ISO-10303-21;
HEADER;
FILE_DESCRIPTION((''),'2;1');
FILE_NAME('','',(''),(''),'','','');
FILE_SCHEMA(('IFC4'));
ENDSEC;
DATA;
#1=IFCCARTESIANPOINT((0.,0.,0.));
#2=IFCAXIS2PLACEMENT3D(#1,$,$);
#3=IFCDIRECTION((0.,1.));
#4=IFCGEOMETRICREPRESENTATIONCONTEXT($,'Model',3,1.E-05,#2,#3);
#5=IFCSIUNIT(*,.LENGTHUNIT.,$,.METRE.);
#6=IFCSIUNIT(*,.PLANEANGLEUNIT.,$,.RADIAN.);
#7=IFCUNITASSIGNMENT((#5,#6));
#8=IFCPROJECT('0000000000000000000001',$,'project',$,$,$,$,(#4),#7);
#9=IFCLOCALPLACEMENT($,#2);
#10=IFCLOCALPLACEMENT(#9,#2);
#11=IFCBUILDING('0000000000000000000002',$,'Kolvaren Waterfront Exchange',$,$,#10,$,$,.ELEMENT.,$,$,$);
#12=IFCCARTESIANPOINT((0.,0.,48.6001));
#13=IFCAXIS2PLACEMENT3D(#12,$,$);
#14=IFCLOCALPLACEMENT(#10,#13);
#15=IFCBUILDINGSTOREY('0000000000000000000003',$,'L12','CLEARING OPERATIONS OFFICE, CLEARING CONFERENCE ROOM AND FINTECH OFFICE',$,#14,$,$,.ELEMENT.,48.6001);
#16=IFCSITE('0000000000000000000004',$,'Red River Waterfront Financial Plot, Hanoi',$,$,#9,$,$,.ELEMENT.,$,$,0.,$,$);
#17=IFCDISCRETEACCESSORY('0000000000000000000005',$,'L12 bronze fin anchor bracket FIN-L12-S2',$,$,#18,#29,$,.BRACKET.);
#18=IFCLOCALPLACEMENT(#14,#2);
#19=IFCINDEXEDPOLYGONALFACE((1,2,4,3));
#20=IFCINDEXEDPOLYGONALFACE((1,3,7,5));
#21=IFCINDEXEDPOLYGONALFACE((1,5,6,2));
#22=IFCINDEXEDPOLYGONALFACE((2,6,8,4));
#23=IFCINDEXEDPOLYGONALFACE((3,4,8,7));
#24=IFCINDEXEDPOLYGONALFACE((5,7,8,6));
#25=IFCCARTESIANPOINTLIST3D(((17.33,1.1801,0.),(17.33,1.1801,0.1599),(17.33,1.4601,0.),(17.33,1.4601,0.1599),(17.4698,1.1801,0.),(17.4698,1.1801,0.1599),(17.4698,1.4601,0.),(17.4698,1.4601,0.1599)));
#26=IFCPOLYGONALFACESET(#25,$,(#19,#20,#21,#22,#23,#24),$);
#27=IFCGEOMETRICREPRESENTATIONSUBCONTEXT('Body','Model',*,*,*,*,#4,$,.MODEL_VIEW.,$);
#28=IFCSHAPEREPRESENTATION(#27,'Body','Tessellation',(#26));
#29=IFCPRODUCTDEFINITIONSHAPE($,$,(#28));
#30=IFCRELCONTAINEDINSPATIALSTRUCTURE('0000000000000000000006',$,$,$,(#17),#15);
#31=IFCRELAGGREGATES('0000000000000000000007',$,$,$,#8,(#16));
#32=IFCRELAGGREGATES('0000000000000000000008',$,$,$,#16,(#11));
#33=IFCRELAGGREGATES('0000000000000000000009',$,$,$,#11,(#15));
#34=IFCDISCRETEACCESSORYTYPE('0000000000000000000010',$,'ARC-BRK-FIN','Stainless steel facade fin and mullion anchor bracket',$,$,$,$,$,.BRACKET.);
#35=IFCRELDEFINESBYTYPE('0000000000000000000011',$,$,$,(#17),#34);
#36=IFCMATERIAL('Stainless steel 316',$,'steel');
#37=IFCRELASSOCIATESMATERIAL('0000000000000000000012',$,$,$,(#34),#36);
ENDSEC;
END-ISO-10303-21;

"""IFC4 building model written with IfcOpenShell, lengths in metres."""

from ifc_helpers import new_model, si_unit, direction, frame, origin, origin_with_axes, origin_2d, place, context, subcontext, project, spatial, rectangle, extrude, source, transform, mapped, material, type_object, element, save


model = new_model("IFC4")

# Units and contexts
model_context = context("Model", 3, precision=1e-05, world=origin(), true_north=direction((0.0, 1.0)))
body_context = subcontext(model_context, "Body", "Model", "MODEL_VIEW")
ifc_project = project(units=[si_unit("LENGTHUNIT", "METRE"), si_unit("PLANEANGLEUNIT", "RADIAN")], contexts=[model_context])

# Site, building, storey
site_placement = place(None, origin())
site = spatial("IfcSite", under=ifc_project, at=site_placement, Name="Red River Waterfront Financial Plot, Hanoi", CompositionType="ELEMENT", RefElevation=0.0)
building_placement = place(site_placement, origin())
building = spatial("IfcBuilding", under=site, at=building_placement, Name="Kolvaren Waterfront Exchange", CompositionType="ELEMENT")
storey_placement = place(building_placement, frame((0.0, 0.0, 48.6001)))
storey = spatial("IfcBuildingStorey", under=building, at=storey_placement, Name="L12", Description="CLEARING OPERATIONS OFFICE, CLEARING CONFERENCE ROOM AND FINTECH OFFICE", CompositionType="ELEMENT", Elevation=48.6001)

# Shared definitions
ifc_material_1 = material(Name="Stainless steel 316", Category="steel")

# Discrete accessory
discrete_accessory_type = type_object("IfcDiscreteAccessoryType", Name="ARC-BRK-FIN", Description="Stainless steel facade fin and mullion anchor bracket", PredefinedType="BRACKET", material=ifc_material_1)
shared_shape_1 = source(origin_with_axes(), body_context, "Body", "SweptSolid", [
    extrude(rectangle(XDim=0.28, YDim=0.1399, at=origin_2d()), origin(), (0.0, 0.0, 1.0), 0.1599),
])
for number, where, z_axis, x_axis, name in (
    (1, (17.3999, 1.3201, 0.0), (0.0, 0.0, 1.0), (0.0, -1.0, 0.0), "L12 bronze fin anchor bracket FIN-L12-S2"),
):
    element("IfcDiscreteAccessory", number, at=place(storey_placement, frame(where, z_axis=z_axis, x_axis=x_axis)), inside=storey, type_object=discrete_accessory_type, Name=name, PredefinedType="BRACKET", context=body_context, shape_type="MappedRepresentation", body=[
        mapped(shared_shape_1, transform((0.0, 0.0, 0.0), x_axis=(1.0, 0.0, 0.0), y_axis=(0.0, 1.0, 0.0), z_axis=(0.0, 0.0, 1.0), scale=1.0)),
    ])

save(model, "model.ifc")
